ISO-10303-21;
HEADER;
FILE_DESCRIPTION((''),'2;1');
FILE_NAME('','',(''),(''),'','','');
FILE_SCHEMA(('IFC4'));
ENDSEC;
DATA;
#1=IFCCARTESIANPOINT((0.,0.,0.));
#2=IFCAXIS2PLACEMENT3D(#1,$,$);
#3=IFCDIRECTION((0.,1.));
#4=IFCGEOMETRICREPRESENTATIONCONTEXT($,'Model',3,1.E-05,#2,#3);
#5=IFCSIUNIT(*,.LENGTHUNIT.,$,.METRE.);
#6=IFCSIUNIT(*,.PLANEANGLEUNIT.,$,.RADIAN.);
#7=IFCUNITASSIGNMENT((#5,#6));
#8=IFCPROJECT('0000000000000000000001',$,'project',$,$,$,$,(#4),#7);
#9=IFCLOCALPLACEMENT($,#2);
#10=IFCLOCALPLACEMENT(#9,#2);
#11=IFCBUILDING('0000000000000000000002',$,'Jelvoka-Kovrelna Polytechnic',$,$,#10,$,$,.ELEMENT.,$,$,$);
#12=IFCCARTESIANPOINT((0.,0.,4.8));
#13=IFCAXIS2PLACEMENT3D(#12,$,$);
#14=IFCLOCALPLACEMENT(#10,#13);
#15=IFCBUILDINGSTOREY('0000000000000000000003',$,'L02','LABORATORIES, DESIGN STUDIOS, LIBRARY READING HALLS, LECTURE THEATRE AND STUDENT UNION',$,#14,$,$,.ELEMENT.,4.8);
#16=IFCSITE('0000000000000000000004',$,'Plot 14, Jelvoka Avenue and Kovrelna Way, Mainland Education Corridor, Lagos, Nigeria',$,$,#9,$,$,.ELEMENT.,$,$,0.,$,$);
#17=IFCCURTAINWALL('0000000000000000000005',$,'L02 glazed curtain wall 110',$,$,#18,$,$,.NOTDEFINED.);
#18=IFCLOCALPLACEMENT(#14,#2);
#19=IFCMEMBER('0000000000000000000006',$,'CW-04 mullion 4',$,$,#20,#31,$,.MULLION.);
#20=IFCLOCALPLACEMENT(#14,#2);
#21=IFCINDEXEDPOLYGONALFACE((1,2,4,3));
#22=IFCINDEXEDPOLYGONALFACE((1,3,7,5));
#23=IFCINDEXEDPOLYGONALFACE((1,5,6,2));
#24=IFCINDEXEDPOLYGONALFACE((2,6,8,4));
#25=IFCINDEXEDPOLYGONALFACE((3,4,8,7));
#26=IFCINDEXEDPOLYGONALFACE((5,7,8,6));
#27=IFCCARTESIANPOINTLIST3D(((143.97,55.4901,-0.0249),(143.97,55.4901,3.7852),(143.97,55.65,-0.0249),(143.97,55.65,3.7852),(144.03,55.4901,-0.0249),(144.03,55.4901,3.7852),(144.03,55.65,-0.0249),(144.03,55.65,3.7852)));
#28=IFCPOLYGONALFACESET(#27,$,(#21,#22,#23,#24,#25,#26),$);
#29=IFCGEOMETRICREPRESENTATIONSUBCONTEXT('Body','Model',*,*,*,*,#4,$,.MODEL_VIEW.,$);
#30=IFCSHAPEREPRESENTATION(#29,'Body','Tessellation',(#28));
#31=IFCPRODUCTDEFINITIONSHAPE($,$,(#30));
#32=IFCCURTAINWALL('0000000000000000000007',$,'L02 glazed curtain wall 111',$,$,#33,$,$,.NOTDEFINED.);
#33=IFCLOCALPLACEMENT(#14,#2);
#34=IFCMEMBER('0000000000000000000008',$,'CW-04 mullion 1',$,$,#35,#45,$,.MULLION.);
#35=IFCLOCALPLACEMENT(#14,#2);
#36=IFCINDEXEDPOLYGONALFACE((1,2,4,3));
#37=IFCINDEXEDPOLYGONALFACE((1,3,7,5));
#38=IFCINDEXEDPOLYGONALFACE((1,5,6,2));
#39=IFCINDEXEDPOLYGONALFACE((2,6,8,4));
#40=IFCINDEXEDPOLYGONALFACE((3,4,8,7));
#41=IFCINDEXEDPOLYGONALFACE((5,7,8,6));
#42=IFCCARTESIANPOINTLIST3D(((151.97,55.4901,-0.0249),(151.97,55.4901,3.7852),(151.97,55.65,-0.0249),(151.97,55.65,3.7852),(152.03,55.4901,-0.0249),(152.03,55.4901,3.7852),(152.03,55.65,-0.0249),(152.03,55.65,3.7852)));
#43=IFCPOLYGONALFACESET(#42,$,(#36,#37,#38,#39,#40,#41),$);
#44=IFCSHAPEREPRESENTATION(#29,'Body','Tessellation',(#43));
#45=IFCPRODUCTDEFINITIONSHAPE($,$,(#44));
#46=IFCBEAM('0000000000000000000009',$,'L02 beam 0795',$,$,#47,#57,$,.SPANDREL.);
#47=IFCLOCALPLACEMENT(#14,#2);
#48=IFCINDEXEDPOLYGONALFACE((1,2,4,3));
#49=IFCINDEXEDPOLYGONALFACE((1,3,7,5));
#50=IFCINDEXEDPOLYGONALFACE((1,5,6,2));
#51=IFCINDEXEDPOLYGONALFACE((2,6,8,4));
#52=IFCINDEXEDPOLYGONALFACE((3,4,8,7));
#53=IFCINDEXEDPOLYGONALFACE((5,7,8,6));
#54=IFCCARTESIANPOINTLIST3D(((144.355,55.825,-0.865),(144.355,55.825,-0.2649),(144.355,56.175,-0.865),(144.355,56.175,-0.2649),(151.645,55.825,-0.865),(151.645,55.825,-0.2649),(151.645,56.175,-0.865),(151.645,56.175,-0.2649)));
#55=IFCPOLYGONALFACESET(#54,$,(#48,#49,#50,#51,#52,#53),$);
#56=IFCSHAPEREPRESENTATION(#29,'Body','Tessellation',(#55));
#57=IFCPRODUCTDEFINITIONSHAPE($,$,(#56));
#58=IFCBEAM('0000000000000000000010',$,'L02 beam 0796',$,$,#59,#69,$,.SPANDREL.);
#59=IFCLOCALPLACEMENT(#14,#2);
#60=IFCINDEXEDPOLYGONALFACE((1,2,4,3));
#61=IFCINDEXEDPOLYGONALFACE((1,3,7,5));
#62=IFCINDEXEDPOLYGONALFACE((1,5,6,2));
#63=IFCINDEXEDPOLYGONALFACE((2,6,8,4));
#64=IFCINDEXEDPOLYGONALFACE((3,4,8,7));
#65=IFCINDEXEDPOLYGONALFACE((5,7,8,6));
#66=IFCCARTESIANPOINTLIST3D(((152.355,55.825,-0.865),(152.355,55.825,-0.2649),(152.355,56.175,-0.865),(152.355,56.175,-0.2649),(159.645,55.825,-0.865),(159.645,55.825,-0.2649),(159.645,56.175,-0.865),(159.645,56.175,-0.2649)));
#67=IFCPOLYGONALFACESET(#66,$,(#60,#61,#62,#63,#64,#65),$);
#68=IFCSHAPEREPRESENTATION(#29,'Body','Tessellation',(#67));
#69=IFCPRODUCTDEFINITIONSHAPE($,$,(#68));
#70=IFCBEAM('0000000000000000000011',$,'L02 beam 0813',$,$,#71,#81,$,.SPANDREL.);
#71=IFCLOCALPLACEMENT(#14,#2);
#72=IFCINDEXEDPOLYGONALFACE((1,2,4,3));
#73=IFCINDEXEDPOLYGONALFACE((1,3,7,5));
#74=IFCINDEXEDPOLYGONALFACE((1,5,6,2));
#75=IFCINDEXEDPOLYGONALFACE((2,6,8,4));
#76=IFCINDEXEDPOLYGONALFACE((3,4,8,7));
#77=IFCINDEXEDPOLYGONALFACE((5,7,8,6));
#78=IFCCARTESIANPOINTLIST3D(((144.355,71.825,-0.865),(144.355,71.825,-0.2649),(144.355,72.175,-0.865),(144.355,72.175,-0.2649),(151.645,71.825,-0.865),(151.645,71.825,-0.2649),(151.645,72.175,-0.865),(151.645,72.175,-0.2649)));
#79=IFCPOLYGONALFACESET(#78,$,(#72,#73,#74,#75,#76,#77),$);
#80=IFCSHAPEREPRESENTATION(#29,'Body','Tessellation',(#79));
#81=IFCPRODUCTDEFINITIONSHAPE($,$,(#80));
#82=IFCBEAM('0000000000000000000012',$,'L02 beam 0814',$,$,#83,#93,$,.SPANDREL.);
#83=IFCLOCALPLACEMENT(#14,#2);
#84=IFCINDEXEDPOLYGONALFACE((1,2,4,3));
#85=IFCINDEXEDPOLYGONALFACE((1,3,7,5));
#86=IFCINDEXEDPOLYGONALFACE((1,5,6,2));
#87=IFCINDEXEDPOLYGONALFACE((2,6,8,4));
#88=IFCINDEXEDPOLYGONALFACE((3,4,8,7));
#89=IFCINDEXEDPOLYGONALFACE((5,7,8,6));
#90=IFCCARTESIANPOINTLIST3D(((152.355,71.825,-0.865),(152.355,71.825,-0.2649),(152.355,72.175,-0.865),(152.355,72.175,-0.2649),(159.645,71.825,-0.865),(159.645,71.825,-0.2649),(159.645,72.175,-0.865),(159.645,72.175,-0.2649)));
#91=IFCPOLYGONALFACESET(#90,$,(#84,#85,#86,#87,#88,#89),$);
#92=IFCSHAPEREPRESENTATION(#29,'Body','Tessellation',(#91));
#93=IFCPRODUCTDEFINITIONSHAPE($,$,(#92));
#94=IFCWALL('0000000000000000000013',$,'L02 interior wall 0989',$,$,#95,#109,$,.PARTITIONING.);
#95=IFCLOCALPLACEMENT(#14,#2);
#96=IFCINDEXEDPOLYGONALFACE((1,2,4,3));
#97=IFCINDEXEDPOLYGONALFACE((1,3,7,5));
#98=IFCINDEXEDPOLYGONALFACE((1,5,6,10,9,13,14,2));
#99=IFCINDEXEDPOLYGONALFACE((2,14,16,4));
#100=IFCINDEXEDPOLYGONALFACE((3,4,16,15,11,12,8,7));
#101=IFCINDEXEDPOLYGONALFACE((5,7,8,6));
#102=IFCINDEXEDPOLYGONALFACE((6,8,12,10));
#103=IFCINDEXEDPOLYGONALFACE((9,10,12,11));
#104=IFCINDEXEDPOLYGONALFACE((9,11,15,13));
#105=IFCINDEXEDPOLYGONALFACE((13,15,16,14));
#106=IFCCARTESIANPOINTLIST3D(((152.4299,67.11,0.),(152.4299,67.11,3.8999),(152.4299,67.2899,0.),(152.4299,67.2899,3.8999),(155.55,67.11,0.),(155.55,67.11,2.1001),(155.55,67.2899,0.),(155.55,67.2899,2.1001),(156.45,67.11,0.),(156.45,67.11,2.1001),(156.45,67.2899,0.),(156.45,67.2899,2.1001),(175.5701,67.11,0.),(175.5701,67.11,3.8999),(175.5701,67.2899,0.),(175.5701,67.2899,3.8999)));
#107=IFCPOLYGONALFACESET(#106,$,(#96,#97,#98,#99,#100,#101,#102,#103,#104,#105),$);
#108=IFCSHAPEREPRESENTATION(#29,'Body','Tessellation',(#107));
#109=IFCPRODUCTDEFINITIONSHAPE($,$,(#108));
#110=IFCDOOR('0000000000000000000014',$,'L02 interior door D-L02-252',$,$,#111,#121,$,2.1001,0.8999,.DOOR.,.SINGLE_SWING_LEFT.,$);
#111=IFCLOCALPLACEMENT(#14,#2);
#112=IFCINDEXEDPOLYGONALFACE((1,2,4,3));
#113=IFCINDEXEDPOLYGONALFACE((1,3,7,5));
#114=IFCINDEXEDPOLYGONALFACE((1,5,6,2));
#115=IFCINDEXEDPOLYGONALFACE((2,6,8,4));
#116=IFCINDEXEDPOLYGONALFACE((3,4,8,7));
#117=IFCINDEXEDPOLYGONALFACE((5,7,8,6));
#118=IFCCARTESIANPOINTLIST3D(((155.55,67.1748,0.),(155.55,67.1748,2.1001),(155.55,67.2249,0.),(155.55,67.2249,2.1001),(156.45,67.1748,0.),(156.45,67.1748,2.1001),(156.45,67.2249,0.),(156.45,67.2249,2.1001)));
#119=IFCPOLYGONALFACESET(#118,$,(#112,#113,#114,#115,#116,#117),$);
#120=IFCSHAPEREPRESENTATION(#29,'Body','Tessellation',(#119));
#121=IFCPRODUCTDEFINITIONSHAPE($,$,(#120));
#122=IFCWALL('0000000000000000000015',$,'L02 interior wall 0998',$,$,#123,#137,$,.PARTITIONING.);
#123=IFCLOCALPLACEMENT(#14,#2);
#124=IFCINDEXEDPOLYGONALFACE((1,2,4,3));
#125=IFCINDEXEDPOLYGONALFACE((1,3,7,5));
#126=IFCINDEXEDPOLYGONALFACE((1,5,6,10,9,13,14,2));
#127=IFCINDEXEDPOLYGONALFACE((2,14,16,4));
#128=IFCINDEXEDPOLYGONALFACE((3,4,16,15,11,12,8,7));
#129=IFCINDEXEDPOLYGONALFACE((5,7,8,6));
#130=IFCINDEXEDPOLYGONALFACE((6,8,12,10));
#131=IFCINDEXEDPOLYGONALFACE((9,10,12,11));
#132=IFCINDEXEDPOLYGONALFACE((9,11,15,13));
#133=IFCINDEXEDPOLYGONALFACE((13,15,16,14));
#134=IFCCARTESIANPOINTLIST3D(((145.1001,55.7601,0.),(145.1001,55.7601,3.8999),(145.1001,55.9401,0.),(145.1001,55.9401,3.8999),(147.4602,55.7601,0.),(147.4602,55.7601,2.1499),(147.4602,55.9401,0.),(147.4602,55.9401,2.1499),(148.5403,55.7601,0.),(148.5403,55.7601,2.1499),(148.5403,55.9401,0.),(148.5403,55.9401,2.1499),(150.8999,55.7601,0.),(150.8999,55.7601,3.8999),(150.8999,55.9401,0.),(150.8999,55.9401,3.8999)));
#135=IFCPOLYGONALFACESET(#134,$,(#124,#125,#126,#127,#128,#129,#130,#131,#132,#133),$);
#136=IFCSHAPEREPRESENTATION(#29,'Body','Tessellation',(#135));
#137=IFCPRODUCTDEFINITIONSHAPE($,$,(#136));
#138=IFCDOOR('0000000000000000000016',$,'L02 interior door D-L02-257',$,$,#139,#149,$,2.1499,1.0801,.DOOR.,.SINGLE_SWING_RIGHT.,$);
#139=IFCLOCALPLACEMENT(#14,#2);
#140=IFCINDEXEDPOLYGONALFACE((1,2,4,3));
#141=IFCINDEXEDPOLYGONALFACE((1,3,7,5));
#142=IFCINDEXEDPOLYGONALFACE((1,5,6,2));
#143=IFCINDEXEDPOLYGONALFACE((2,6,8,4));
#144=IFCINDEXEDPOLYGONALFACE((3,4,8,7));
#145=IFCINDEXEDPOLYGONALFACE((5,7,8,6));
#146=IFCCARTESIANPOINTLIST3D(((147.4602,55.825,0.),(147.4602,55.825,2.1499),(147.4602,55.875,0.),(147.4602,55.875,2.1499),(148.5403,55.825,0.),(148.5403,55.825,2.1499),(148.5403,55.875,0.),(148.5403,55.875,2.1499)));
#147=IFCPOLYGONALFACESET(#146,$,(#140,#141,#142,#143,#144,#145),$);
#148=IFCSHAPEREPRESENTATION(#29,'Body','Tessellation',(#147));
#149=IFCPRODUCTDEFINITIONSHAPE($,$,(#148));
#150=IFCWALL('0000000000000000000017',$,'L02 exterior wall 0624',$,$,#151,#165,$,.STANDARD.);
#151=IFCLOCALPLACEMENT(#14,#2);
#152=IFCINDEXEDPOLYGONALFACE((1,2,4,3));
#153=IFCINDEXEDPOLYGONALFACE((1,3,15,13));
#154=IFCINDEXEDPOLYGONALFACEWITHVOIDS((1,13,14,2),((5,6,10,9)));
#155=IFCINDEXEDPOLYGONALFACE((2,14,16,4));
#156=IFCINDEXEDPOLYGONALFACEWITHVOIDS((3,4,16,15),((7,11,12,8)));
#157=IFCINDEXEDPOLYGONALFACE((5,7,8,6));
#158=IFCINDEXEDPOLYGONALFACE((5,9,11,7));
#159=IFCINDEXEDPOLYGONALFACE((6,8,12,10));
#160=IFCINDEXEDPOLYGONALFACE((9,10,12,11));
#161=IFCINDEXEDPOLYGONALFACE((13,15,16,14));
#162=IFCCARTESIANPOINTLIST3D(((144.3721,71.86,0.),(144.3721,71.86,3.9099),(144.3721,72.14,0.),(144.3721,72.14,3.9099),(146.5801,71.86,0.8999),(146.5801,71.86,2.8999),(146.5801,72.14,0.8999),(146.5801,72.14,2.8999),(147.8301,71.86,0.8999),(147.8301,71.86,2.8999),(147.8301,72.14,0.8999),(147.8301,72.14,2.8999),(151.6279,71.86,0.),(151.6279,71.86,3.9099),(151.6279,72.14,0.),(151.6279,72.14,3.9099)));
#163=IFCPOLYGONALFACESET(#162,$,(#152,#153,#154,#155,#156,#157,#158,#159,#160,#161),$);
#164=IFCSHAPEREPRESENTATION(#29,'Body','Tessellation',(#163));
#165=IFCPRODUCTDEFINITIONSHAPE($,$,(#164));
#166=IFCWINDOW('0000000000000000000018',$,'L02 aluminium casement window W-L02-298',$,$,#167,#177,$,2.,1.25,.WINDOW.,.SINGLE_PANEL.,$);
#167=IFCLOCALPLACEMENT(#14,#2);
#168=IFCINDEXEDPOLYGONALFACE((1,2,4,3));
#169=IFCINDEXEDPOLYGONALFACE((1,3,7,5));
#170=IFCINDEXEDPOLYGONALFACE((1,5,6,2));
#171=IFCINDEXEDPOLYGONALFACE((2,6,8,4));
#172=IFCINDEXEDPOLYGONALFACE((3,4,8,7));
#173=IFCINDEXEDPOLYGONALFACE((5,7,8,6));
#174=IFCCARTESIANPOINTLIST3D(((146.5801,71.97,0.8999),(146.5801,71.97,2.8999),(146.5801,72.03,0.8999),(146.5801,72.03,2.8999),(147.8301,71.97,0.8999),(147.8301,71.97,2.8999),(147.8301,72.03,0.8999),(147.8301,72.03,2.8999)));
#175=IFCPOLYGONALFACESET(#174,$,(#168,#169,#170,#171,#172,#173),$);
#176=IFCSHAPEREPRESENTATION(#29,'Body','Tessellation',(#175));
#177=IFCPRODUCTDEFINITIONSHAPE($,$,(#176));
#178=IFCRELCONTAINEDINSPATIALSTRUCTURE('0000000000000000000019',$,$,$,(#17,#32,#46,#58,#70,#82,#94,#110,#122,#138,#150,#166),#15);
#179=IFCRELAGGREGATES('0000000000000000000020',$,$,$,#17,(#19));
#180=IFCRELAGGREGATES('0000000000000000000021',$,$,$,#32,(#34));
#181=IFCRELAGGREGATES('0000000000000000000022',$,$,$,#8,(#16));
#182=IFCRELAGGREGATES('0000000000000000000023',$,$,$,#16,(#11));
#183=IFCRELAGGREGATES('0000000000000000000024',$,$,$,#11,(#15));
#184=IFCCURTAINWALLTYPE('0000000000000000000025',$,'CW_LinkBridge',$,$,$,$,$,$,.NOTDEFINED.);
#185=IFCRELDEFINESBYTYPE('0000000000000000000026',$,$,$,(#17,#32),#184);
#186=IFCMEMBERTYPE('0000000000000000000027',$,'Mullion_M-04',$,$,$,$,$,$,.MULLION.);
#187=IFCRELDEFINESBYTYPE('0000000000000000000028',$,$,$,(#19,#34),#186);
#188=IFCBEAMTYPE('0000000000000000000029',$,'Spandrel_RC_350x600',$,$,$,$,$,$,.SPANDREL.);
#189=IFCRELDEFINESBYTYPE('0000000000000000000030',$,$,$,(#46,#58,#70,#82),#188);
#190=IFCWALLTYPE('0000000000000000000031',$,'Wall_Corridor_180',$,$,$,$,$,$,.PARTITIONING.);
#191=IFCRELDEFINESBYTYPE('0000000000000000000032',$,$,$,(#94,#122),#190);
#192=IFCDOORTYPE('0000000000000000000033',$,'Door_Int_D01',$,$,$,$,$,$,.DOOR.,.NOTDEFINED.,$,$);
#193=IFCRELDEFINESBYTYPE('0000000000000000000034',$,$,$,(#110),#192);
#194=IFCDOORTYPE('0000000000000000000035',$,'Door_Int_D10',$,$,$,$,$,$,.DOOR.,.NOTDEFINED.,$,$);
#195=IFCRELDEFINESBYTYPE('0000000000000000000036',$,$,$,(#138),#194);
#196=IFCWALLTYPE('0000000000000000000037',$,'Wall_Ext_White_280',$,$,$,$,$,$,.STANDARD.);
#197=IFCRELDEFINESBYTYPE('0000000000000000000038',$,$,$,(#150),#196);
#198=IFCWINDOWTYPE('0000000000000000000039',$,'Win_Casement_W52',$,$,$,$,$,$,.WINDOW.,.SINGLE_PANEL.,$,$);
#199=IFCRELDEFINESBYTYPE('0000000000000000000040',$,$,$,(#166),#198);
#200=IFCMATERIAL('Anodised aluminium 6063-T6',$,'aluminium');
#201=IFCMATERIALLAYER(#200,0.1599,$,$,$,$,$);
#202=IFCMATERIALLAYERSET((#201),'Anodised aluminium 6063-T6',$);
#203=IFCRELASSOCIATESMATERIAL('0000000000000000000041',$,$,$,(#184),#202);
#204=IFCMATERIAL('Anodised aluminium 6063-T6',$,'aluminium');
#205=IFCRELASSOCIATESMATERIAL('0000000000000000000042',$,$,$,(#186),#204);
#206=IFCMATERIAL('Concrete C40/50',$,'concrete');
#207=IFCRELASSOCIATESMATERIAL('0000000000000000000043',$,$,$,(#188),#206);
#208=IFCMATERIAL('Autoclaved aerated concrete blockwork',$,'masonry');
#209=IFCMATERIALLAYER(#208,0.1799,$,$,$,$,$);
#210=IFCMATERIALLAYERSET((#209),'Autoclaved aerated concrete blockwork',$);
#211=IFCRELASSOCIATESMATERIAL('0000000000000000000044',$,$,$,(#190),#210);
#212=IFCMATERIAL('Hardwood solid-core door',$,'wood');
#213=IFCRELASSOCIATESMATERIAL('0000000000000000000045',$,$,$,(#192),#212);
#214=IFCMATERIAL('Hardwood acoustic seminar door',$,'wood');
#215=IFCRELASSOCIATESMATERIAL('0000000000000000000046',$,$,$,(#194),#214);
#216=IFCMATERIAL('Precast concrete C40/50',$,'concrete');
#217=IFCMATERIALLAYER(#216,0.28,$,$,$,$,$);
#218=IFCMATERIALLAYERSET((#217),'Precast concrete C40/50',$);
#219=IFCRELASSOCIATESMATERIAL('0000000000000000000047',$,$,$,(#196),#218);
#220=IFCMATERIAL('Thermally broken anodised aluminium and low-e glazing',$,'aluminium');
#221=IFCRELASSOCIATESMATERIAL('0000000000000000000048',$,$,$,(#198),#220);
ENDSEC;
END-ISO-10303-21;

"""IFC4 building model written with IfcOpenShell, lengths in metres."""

from ifc_helpers import new_model, si_unit, direction, frame, frame_2d, origin, origin_2d, place, context, subcontext, project, spatial, rectangle, extrude, material, layer, layer_set, material_profile, profile_set, type_object, element, fill, aggregate, save


model = new_model("IFC4")

# Units and contexts
model_context = context("Model", 3, precision=1e-05, world=origin(), true_north=direction((0.0, 1.0)))
body_context = subcontext(model_context, "Body", "Model", "MODEL_VIEW")
ifc_project = project(units=[si_unit("LENGTHUNIT", "METRE"), si_unit("PLANEANGLEUNIT", "RADIAN")], contexts=[model_context])

# Site, building, storey
site_placement = place(None, origin())
site = spatial("IfcSite", under=ifc_project, at=site_placement, Name="Plot 14, Jelvoka Avenue and Kovrelna Way, Mainland Education Corridor, Lagos, Nigeria", CompositionType="ELEMENT", RefElevation=0.0)
building_placement = place(site_placement, origin())
building = spatial("IfcBuilding", under=site, at=building_placement, Name="Jelvoka-Kovrelna Polytechnic", CompositionType="ELEMENT")
storey_placement = place(building_placement, frame((0.0, 0.0, 4.8)))
storey = spatial("IfcBuildingStorey", under=building, at=storey_placement, Name="L02", Description="LABORATORIES, DESIGN STUDIOS, LIBRARY READING HALLS, LECTURE THEATRE AND STUDENT UNION", CompositionType="ELEMENT", Elevation=4.8)

# Curtain walls, members
ifc_material_1 = material(Name="Anodised aluminium 6063-T6", Category="aluminium")
ifc_layer_1 = layer(ifc_material_1, 0.1599)
ifc_layer_set_1 = layer_set([ifc_layer_1], Name="Anodised aluminium 6063-T6")
curtain_wall_type = type_object("IfcCurtainWallType", Name="CW_LinkBridge", PredefinedType="NOTDEFINED", material=ifc_layer_set_1)
curtain_wall_1_placement = place(storey_placement, origin())
curtain_wall_1 = element("IfcCurtainWall", 1, at=curtain_wall_1_placement, inside=storey, type_object=curtain_wall_type, Name="L02 glazed curtain wall 110", PredefinedType="NOTDEFINED")
ifc_material_2 = material(Name="Anodised aluminium 6063-T6", Category="aluminium")
ifc_material_profile_1 = material_profile(ifc_material_2, rectangle(XDim=0.0601, YDim=0.1599, at=origin_2d()), Name="ALU 60x160")
ifc_profile_set_1 = profile_set([ifc_material_profile_1], Name="Anodised aluminium 6063-T6")
member_type_1 = type_object("IfcMemberType", Name="Mullion_M-04", PredefinedType="MULLION", material=ifc_profile_set_1)
member_1_placement = place(storey_placement, frame((144.0, 55.5701, -0.0249), z_axis=(0.0, 0.0, 1.0), x_axis=(-1.0, 0.0, 0.0)))
member_1 = element("IfcMember", 2, at=member_1_placement, type_object=member_type_1, Name="CW-04 mullion 4", PredefinedType="MULLION", context=body_context, shape_type="SweptSolid", body=[
    extrude(rectangle(XDim=0.0601, YDim=0.1599, at=origin_2d()), origin(), (0.0, 0.0, 1.0), 3.8101),
])
aggregate(curtain_wall_1, [member_1])
curtain_wall_2_placement = place(storey_placement, origin())
curtain_wall_2 = element("IfcCurtainWall", 3, at=curtain_wall_2_placement, inside=storey, type_object=curtain_wall_type, Name="L02 glazed curtain wall 111", PredefinedType="NOTDEFINED")
member_2_placement = place(storey_placement, frame((152.0, 55.5701, -0.0249), z_axis=(0.0, 0.0, 1.0), x_axis=(1.0, 0.0, 0.0)))
member_2 = element("IfcMember", 4, at=member_2_placement, type_object=member_type_1, Name="CW-04 mullion 1", PredefinedType="MULLION", context=body_context, shape_type="SweptSolid", body=[
    extrude(rectangle(XDim=0.0601, YDim=0.1599, at=origin_2d()), origin(), (0.0, 0.0, 1.0), 3.8101),
])
aggregate(curtain_wall_2, [member_2])

# Beams
ifc_material_3 = material(Name="Concrete C40/50", Category="concrete")
ifc_material_profile_2 = material_profile(ifc_material_3, rectangle(XDim=0.3501, YDim=0.6001, at=origin_2d()), Name="RC 350x600")
ifc_profile_set_2 = profile_set([ifc_material_profile_2], Name="Concrete C40/50")
beam_type_1 = type_object("IfcBeamType", Name="Spandrel_RC_350x600", PredefinedType="SPANDREL", material=ifc_profile_set_2)
for number, where, z_axis, x_axis, name in (
    (5, (144.355, 56.0, -0.5649), (1.0, 0.0, 0.0), (0.0, 1.0, 0.0), "L02 beam 0795"),
    (6, (152.355, 56.0, -0.5649), (1.0, 0.0, 0.0), (0.0, 1.0, 0.0), "L02 beam 0796"),
    (7, (144.355, 72.0, -0.5649), (1.0, 0.0, 0.0), (0.0, 1.0, 0.0), "L02 beam 0813"),
    (8, (152.355, 72.0, -0.5649), (1.0, 0.0, 0.0), (0.0, 1.0, 0.0), "L02 beam 0814"),
):
    element("IfcBeam", number, at=place(storey_placement, frame(where, z_axis=z_axis, x_axis=x_axis)), inside=storey, type_object=beam_type_1, Name=name, PredefinedType="SPANDREL", context=body_context, shape_type="SweptSolid", body=[
        extrude(rectangle(XDim=0.3501, YDim=0.6001, at=origin_2d()), origin(), (0.0, 0.0, 1.0), 7.29),
    ])

# Walls, openings, doors
ifc_material_4 = material(Name="Autoclaved aerated concrete blockwork", Category="masonry")
ifc_layer_2 = layer(ifc_material_4, 0.1799)
ifc_layer_set_2 = layer_set([ifc_layer_2], Name="Autoclaved aerated concrete blockwork")
wall_type_1 = type_object("IfcWallType", Name="Wall_Corridor_180", PredefinedType="PARTITIONING", material=ifc_layer_set_2)
wall_1_placement = place(storey_placement, frame((152.4299, 67.2, 0.0), z_axis=(0.0, 0.0, 1.0), x_axis=(1.0, 0.0, 0.0)))
wall_1 = element("IfcWall", 9, at=wall_1_placement, inside=storey, type_object=wall_type_1, Name="L02 interior wall 0989", PredefinedType="PARTITIONING", context=body_context, shape_type="SweptSolid", body=[
    extrude(rectangle(XDim=23.1401, YDim=0.1799, at=frame_2d((11.5701, 0.0))), origin(), (0.0, 0.0, 1.0), 3.8999),
])
opening_1_placement = place(wall_1_placement, frame((3.1201, 0.0, 0.0)))
opening_1 = element("IfcOpeningElement", 10, at=opening_1_placement, cuts=wall_1, PredefinedType="OPENING", context=body_context, shape_type="SweptSolid", body=[
    extrude(rectangle(XDim=0.8999, YDim=2.1001, at=frame_2d((0.45, 1.05))), frame((0.0, 0.0999, 0.0), z_axis=(0.0, -1.0, 0.0), x_axis=(1.0, 0.0, 0.0)), (0.0, 0.0, 1.0), 0.2),
])
ifc_material_5 = material(Name="Hardwood solid-core door", Category="wood")
door_type_1 = type_object("IfcDoorType", Name="Door_Int_D01", OperationType="NOTDEFINED", PredefinedType="DOOR", material=ifc_material_5)
door_1_placement = place(opening_1_placement, origin())
door_1 = element("IfcDoor", 11, at=door_1_placement, inside=storey, type_object=door_type_1, Name="L02 interior door D-L02-252", OperationType="SINGLE_SWING_LEFT", OverallHeight=2.1001, OverallWidth=0.8999, PredefinedType="DOOR", context=body_context, shape_type="SweptSolid", body=[
    extrude(rectangle(XDim=0.8999, YDim=2.1001, at=frame_2d((0.45, 1.05))), frame((0.0, 0.0249, 0.0), z_axis=(0.0, -1.0, 0.0), x_axis=(1.0, 0.0, 0.0)), (0.0, 0.0, 1.0), 0.05),
])
fill(opening_1, door_1)
wall_2_placement = place(storey_placement, frame((145.1001, 55.8501, 0.0), z_axis=(0.0, 0.0, 1.0), x_axis=(1.0, 0.0, 0.0)))
wall_2 = element("IfcWall", 12, at=wall_2_placement, inside=storey, type_object=wall_type_1, Name="L02 interior wall 0998", PredefinedType="PARTITIONING", context=body_context, shape_type="SweptSolid", body=[
    extrude(rectangle(XDim=5.7998, YDim=0.1799, at=frame_2d((2.8999, 0.0))), origin(), (0.0, 0.0, 1.0), 3.8999),
])
opening_2_placement = place(wall_2_placement, frame((2.3601, 0.0, 0.0)))
opening_2 = element("IfcOpeningElement", 13, at=opening_2_placement, cuts=wall_2, PredefinedType="OPENING", context=body_context, shape_type="SweptSolid", body=[
    extrude(rectangle(XDim=1.0801, YDim=2.1499, at=frame_2d((0.54, 1.075))), frame((0.0, 0.0999, 0.0), z_axis=(0.0, -1.0, 0.0), x_axis=(1.0, 0.0, 0.0)), (0.0, 0.0, 1.0), 0.2),
])
ifc_material_6 = material(Name="Hardwood acoustic seminar door", Category="wood")
door_type_2 = type_object("IfcDoorType", Name="Door_Int_D10", OperationType="NOTDEFINED", PredefinedType="DOOR", material=ifc_material_6)
door_2_placement = place(opening_2_placement, origin())
door_2 = element("IfcDoor", 14, at=door_2_placement, inside=storey, type_object=door_type_2, Name="L02 interior door D-L02-257", OperationType="SINGLE_SWING_RIGHT", OverallHeight=2.1499, OverallWidth=1.0801, PredefinedType="DOOR", context=body_context, shape_type="SweptSolid", body=[
    extrude(rectangle(XDim=1.0801, YDim=2.1499, at=frame_2d((0.54, 1.075))), frame((0.0, 0.0249, 0.0), z_axis=(0.0, -1.0, 0.0), x_axis=(1.0, 0.0, 0.0)), (0.0, 0.0, 1.0), 0.05),
])
fill(opening_2, door_2)

# Wall, opening, window
ifc_material_7 = material(Name="Precast concrete C40/50", Category="concrete")
ifc_layer_3 = layer(ifc_material_7, 0.28)
ifc_layer_set_3 = layer_set([ifc_layer_3], Name="Precast concrete C40/50")
wall_type_2 = type_object("IfcWallType", Name="Wall_Ext_White_280", PredefinedType="STANDARD", material=ifc_layer_set_3)
wall_3_placement = place(storey_placement, frame((144.3721, 72.0, 0.0), z_axis=(0.0, 0.0, 1.0), x_axis=(1.0, 0.0, 0.0)))
wall_3 = element("IfcWall", 15, at=wall_3_placement, inside=storey, type_object=wall_type_2, Name="L02 exterior wall 0624", PredefinedType="STANDARD", context=body_context, shape_type="SweptSolid", body=[
    extrude(rectangle(XDim=7.2559, YDim=0.28, at=frame_2d((3.6279, 0.0))), origin(), (0.0, 0.0, 1.0), 3.9099),
])
opening_3_placement = place(wall_3_placement, frame((2.208, 0.0, 0.8999)))
opening_3 = element("IfcOpeningElement", 16, at=opening_3_placement, cuts=wall_3, PredefinedType="OPENING", context=body_context, shape_type="SweptSolid", body=[
    extrude(rectangle(XDim=1.25, YDim=2.0, at=frame_2d((0.625, 1.0))), frame((0.0, 0.1501, 0.0), z_axis=(0.0, -1.0, 0.0), x_axis=(1.0, 0.0, 0.0)), (0.0, 0.0, 1.0), 0.3),
])
ifc_material_8 = material(Name="Thermally broken anodised aluminium and low-e glazing", Category="aluminium")
window_type_1 = type_object("IfcWindowType", Name="Win_Casement_W52", PartitioningType="SINGLE_PANEL", PredefinedType="WINDOW", material=ifc_material_8)
window_1_placement = place(opening_3_placement, origin())
window_1 = element("IfcWindow", 17, at=window_1_placement, inside=storey, type_object=window_type_1, Name="L02 aluminium casement window W-L02-298", OverallHeight=2.0, OverallWidth=1.25, PartitioningType="SINGLE_PANEL", PredefinedType="WINDOW", context=body_context, shape_type="SweptSolid", body=[
    extrude(rectangle(XDim=1.25, YDim=2.0, at=frame_2d((0.625, 1.0))), frame((0.0, 0.03, 0.0), z_axis=(0.0, -1.0, 0.0), x_axis=(1.0, 0.0, 0.0)), (0.0, 0.0, 1.0), 0.0601),
])
fill(opening_3, window_1)

save(model, "model.ifc")
